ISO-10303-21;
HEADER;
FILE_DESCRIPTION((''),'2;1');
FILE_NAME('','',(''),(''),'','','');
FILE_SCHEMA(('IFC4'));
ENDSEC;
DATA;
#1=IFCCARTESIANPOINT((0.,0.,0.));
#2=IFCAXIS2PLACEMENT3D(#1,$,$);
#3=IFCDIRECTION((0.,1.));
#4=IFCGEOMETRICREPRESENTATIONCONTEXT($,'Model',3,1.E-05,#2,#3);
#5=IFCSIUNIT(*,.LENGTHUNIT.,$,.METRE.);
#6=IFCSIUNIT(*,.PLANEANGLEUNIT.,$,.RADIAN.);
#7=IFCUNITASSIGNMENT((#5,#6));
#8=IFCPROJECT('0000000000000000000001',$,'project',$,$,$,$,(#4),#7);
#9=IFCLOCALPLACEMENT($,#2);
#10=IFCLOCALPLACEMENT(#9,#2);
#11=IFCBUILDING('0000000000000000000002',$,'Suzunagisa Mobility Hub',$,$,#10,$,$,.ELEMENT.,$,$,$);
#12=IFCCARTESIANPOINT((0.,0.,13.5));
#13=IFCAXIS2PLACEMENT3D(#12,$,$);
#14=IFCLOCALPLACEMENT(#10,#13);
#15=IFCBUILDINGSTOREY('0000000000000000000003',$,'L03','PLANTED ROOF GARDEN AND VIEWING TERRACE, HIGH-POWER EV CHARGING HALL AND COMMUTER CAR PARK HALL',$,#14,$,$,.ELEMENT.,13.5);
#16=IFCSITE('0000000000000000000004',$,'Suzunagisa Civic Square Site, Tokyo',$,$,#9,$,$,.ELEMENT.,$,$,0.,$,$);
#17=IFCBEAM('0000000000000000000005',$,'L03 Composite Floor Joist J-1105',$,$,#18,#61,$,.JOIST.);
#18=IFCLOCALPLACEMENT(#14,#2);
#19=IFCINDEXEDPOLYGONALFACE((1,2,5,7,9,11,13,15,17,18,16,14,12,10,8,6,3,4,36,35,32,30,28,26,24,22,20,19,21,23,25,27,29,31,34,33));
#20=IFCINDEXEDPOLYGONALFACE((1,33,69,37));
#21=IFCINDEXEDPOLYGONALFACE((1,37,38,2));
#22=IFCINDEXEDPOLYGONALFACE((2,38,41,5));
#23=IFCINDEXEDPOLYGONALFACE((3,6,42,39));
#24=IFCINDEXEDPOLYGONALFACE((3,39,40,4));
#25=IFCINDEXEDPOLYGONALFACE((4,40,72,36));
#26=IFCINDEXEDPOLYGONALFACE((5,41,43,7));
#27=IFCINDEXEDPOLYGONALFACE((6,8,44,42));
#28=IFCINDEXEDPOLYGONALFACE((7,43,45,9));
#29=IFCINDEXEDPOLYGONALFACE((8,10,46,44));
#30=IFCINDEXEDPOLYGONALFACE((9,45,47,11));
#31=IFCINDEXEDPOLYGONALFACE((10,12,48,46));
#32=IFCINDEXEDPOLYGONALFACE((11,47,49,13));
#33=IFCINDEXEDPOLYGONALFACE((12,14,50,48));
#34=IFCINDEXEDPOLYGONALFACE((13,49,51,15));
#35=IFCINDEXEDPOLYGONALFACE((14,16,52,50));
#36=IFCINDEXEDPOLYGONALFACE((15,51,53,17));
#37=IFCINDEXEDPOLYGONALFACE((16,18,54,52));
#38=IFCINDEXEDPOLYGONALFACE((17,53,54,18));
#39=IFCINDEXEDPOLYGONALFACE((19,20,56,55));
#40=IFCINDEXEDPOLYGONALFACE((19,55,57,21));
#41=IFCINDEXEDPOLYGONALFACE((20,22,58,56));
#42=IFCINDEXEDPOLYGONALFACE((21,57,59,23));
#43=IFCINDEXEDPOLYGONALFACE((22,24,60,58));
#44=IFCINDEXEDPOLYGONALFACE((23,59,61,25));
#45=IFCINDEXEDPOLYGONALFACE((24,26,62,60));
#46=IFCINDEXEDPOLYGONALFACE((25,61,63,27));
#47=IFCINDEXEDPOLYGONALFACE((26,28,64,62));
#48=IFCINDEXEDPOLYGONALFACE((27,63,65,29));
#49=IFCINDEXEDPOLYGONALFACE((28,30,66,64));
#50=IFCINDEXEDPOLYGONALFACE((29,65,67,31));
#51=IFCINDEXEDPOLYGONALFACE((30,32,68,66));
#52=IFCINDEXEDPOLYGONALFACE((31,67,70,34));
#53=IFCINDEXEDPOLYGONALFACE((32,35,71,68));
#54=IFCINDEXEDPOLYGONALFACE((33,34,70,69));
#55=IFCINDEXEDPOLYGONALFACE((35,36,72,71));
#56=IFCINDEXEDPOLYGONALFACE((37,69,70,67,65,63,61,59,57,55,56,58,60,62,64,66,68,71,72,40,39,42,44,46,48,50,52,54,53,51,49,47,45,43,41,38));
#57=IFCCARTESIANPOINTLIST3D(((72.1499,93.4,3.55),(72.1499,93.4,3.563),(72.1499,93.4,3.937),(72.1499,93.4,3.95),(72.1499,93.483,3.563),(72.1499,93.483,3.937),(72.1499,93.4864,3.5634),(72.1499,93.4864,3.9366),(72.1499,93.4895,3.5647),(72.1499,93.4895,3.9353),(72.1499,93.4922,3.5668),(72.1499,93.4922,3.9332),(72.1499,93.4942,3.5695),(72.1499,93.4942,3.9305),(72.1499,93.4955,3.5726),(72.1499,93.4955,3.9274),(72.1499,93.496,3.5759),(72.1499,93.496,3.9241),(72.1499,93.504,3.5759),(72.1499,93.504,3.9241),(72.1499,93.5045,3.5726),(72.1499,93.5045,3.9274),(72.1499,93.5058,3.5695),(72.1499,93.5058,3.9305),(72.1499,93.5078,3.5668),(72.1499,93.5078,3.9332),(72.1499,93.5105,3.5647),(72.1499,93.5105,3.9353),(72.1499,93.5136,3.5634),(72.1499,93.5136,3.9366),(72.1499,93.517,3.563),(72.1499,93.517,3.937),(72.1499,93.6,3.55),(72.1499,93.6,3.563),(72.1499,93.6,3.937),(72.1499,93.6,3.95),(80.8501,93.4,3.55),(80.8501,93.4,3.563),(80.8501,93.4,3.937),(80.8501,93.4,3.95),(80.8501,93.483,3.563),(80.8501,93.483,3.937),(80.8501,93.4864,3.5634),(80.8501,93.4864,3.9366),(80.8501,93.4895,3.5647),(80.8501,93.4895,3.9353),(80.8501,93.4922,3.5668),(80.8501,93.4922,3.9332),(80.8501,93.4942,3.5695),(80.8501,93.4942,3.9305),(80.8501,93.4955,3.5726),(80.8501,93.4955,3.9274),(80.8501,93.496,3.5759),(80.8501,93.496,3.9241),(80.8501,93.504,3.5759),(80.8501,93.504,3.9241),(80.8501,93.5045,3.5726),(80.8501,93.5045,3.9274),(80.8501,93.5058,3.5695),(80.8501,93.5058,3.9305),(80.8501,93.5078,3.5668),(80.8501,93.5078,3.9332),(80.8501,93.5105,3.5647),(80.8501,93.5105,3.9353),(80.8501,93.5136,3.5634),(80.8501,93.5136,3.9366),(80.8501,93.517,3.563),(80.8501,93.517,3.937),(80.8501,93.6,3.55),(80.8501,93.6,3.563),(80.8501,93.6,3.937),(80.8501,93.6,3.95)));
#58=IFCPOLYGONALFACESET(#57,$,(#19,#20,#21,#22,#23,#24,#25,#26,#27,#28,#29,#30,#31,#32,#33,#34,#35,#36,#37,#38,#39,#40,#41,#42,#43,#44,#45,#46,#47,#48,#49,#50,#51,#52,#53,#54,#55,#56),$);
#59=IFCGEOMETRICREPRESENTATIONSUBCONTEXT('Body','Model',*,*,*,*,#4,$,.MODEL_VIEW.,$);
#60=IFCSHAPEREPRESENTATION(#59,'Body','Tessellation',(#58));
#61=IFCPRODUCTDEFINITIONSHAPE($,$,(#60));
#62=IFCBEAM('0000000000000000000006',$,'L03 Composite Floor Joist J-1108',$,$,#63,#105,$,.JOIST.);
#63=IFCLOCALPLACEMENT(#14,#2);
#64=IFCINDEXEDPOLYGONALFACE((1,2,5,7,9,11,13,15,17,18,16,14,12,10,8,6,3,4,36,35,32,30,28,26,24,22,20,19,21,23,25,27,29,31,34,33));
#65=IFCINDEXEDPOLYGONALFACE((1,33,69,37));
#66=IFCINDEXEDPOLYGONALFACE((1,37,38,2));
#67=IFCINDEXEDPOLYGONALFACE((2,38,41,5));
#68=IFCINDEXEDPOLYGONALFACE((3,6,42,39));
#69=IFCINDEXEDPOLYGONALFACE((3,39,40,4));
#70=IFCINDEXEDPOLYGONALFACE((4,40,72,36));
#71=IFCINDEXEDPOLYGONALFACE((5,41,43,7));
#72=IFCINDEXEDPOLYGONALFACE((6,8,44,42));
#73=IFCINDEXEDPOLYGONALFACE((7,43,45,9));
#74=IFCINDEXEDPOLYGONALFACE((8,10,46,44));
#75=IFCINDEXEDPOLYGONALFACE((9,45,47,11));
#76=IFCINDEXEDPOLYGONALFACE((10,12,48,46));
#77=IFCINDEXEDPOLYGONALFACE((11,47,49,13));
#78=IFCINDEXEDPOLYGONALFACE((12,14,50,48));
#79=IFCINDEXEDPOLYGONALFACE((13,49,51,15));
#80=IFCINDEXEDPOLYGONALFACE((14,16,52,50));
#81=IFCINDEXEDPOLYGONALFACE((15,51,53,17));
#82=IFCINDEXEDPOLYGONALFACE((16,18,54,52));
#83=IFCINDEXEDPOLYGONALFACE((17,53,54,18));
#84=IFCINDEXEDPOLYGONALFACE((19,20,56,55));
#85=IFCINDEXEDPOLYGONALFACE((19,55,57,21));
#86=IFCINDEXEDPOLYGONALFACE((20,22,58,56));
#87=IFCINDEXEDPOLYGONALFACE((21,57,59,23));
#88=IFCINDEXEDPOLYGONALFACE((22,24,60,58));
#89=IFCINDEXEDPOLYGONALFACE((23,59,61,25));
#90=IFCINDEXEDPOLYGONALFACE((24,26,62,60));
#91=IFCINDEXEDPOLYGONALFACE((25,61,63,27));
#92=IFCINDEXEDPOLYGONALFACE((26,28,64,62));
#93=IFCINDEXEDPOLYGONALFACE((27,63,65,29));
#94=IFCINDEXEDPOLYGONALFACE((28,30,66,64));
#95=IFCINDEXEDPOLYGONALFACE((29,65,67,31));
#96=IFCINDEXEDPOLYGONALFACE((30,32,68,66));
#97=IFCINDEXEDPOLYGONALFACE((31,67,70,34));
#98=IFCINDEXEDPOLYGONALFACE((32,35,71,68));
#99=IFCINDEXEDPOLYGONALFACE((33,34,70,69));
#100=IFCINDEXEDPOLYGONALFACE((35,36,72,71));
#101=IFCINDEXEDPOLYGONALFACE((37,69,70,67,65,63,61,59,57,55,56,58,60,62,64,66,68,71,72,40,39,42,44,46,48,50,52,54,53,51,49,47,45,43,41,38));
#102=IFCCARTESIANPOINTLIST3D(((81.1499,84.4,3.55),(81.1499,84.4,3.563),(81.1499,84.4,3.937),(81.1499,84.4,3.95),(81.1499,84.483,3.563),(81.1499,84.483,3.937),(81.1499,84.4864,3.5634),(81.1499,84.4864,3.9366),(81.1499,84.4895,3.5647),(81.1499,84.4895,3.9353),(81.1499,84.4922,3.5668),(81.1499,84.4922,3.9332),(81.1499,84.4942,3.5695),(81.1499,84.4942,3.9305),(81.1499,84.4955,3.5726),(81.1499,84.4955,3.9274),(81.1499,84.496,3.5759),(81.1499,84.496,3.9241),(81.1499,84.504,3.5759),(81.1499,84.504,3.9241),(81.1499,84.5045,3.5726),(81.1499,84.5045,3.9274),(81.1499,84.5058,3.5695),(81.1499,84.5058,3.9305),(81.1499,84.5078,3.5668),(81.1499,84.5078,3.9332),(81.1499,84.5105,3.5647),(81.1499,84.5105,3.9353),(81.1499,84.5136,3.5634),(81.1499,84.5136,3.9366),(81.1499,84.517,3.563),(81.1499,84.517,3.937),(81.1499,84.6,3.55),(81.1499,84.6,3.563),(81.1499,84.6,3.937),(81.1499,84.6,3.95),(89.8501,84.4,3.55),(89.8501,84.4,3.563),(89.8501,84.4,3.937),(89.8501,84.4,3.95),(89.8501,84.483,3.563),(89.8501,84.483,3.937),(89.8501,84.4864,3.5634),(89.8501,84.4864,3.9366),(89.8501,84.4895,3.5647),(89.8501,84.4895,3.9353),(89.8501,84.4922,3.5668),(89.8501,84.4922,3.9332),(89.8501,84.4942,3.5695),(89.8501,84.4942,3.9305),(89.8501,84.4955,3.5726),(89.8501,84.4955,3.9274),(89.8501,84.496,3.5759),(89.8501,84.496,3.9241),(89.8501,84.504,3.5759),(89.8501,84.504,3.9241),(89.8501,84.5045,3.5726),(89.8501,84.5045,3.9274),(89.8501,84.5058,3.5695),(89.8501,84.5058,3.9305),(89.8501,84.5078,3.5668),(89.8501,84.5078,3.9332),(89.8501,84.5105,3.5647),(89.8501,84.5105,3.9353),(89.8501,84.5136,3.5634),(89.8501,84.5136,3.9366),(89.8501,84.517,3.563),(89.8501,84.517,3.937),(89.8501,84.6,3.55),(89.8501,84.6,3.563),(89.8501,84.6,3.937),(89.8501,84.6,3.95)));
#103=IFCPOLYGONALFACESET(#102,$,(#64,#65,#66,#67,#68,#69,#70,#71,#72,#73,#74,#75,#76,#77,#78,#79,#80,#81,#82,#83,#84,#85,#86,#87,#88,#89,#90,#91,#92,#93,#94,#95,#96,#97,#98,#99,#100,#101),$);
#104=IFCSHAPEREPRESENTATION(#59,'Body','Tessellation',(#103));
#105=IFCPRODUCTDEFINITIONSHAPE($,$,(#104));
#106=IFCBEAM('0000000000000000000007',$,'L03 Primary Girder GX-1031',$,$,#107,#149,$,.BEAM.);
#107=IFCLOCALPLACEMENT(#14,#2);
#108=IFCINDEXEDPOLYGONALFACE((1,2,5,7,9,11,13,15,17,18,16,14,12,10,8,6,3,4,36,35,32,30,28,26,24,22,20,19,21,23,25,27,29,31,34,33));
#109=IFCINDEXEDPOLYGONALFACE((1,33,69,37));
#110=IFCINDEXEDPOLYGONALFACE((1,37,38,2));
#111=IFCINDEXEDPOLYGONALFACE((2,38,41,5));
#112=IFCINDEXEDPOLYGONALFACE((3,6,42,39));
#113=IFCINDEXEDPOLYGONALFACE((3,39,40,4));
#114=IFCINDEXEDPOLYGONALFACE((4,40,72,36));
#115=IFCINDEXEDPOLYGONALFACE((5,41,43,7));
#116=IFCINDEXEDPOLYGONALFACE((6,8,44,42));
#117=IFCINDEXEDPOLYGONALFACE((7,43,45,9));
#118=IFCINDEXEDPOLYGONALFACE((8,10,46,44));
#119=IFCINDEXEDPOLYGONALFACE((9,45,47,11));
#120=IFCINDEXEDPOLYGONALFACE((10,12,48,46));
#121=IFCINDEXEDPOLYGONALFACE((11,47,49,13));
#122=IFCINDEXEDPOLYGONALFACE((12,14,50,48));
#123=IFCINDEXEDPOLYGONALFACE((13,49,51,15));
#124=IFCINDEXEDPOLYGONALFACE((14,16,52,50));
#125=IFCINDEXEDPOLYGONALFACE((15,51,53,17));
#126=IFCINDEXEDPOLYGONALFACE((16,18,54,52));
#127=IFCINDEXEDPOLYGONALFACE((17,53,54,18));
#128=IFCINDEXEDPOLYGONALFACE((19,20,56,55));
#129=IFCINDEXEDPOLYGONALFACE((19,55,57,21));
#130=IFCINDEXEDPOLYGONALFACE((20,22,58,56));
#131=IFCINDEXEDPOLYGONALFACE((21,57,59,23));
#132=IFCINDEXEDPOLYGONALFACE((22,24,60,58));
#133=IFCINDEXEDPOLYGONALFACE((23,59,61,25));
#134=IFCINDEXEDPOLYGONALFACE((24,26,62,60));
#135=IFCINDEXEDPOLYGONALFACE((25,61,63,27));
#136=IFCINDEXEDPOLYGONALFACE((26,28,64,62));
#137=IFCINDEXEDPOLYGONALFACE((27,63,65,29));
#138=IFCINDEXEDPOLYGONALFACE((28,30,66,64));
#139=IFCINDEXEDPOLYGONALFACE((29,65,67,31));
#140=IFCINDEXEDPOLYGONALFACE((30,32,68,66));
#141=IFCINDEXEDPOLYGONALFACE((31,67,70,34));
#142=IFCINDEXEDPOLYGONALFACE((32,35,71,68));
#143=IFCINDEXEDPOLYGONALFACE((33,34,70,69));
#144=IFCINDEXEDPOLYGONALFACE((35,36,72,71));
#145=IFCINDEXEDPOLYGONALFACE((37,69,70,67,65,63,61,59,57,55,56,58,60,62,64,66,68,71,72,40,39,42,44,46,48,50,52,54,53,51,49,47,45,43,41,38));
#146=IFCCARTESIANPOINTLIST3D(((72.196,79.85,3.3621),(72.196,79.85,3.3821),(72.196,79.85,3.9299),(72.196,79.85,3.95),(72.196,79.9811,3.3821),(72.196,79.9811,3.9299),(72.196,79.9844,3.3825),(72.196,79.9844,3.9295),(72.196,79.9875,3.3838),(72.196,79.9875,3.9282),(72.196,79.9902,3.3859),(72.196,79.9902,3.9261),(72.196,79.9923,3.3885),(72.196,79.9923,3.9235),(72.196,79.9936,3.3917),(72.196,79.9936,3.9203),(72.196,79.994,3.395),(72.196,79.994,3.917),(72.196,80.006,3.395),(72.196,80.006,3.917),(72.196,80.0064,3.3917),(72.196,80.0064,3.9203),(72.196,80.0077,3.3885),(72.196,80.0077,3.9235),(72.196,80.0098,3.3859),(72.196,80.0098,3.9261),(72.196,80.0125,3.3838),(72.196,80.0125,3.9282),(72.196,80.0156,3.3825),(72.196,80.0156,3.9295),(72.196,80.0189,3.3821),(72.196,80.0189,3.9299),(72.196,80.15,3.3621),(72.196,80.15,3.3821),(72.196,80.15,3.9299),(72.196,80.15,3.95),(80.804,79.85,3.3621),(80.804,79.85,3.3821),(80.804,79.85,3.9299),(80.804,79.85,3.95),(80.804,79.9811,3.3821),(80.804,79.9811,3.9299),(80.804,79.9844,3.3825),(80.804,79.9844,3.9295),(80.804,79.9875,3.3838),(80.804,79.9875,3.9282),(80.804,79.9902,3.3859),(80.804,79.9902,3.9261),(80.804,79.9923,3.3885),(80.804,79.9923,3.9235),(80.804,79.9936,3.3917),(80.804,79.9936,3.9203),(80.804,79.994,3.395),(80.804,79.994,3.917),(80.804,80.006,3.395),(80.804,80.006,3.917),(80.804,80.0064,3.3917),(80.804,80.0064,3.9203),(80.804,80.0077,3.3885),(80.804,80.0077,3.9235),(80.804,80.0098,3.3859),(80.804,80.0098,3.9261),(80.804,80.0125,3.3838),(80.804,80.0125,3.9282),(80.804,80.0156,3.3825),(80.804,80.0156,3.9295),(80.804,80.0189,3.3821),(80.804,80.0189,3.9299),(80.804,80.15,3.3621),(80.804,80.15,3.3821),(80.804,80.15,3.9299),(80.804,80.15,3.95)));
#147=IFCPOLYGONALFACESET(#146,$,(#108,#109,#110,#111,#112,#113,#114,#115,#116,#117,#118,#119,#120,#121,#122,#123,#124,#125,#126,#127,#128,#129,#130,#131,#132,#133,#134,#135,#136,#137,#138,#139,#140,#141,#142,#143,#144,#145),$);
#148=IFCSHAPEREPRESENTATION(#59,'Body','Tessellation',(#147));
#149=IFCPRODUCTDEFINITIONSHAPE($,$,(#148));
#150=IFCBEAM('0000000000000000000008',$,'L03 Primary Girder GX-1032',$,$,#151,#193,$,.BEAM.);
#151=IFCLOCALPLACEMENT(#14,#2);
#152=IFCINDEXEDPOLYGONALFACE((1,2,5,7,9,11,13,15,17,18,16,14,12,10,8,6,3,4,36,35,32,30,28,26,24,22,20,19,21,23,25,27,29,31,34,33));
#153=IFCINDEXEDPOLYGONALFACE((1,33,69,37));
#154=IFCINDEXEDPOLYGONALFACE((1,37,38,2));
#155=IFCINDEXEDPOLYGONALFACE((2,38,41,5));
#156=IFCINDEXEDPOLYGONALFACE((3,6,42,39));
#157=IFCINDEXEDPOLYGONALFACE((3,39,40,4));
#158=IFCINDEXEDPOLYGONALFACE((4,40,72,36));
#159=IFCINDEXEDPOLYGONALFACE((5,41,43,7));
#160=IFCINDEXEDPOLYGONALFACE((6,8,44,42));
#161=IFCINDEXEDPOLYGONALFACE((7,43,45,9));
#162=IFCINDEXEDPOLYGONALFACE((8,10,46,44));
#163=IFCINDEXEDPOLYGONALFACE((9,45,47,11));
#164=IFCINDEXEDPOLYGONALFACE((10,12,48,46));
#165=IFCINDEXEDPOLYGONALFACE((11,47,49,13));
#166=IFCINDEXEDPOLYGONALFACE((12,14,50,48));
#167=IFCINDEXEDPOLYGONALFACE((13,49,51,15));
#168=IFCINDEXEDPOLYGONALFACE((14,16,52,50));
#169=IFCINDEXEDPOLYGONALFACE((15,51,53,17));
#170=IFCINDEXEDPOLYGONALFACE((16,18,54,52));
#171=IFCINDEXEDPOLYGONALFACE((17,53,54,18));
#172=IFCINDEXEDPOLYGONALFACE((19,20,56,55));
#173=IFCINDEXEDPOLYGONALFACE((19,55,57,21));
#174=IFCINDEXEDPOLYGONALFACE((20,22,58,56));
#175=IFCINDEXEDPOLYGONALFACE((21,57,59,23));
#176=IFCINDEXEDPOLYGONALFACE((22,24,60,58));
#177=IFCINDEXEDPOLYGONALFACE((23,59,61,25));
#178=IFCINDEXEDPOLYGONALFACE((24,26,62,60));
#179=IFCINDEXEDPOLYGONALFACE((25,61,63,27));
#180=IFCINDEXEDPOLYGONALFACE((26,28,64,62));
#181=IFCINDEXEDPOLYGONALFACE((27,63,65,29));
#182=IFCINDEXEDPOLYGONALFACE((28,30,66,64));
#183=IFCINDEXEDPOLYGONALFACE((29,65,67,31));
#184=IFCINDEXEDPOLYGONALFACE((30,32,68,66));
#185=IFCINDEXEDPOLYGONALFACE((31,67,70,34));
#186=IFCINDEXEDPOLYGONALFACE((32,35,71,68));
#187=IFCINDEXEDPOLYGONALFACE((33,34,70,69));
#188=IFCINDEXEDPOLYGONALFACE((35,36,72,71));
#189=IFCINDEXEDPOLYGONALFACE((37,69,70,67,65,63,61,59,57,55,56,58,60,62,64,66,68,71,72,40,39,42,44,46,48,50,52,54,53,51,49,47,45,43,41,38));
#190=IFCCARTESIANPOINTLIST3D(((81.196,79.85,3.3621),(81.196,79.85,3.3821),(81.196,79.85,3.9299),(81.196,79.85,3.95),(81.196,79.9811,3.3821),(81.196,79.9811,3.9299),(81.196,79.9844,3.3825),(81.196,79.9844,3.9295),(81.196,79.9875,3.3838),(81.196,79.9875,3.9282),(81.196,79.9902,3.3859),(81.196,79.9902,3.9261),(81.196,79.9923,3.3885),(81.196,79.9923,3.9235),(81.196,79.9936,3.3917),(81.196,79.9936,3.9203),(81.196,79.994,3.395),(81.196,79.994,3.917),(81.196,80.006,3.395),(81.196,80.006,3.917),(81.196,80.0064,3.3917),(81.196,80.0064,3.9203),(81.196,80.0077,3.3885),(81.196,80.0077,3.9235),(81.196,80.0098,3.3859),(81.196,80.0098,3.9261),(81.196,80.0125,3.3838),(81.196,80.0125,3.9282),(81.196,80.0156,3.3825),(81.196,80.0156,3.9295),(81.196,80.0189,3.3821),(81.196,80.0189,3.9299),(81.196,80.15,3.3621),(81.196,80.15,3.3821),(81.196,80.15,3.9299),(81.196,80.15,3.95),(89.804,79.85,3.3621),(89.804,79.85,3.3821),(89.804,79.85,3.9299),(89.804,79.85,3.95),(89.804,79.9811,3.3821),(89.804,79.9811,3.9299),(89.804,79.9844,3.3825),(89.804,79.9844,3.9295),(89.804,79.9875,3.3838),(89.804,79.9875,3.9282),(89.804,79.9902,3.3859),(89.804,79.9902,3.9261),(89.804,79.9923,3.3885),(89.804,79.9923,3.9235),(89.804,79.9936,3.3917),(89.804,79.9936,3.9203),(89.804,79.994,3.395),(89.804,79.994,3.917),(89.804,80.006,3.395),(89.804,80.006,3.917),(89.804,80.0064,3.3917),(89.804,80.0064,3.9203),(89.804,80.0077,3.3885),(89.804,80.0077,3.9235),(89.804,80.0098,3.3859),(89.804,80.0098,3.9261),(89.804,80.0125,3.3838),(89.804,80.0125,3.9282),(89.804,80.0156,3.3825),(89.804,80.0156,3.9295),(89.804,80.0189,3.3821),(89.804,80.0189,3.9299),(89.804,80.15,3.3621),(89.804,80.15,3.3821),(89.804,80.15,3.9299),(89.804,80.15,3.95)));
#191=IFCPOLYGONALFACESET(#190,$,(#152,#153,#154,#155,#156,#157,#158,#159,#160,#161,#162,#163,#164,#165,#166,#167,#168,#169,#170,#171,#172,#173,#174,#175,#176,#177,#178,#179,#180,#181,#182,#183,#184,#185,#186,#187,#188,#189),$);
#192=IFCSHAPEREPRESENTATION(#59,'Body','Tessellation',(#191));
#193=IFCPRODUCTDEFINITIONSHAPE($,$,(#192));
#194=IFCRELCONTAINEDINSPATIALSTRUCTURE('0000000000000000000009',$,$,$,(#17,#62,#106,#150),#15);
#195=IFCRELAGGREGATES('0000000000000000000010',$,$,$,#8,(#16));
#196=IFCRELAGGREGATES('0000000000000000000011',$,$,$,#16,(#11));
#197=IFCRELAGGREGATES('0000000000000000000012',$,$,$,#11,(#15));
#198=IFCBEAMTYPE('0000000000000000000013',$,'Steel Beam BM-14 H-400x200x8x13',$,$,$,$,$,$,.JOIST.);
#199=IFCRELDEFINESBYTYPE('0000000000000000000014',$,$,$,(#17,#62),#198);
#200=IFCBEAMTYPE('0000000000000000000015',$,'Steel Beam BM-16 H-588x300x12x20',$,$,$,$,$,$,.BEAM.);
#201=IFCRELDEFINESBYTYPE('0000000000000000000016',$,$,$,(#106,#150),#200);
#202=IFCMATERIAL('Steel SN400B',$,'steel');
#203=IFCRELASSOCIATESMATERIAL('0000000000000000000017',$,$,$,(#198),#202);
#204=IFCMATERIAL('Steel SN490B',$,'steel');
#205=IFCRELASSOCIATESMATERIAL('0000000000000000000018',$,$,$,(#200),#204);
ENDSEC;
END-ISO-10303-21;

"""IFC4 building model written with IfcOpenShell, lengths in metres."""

from ifc_helpers import new_model, si_unit, direction, frame, origin, origin_2d, place, context, subcontext, project, spatial, i_section, extrude, material, material_profile, profile_set, type_object, element, save


model = new_model("IFC4")

# Units and contexts
model_context = context("Model", 3, precision=1e-05, world=origin(), true_north=direction((0.0, 1.0)))
body_context = subcontext(model_context, "Body", "Model", "MODEL_VIEW")
ifc_project = project(units=[si_unit("LENGTHUNIT", "METRE"), si_unit("PLANEANGLEUNIT", "RADIAN")], contexts=[model_context])

# Site, building, storey
site_placement = place(None, origin())
site = spatial("IfcSite", under=ifc_project, at=site_placement, Name="Suzunagisa Civic Square Site, Tokyo", CompositionType="ELEMENT", RefElevation=0.0)
building_placement = place(site_placement, origin())
building = spatial("IfcBuilding", under=site, at=building_placement, Name="Suzunagisa Mobility Hub", CompositionType="ELEMENT")
storey_placement = place(building_placement, frame((0.0, 0.0, 13.5)))
storey = spatial("IfcBuildingStorey", under=building, at=storey_placement, Name="L03", Description="PLANTED ROOF GARDEN AND VIEWING TERRACE, HIGH-POWER EV CHARGING HALL AND COMMUTER CAR PARK HALL", CompositionType="ELEMENT", Elevation=13.5)

# Shared definitions
ifc_material_1 = material(Name="Steel SN490B", Category="steel")

# Beams
ifc_material_2 = material(Name="Steel SN400B", Category="steel")
ifc_material_profile_1 = material_profile(ifc_material_2, i_section(OverallWidth=0.2, OverallDepth=0.3999, WebThickness=0.0081, FlangeThickness=0.0129, FilletRadius=0.0129, at=origin_2d()), Name="H-400x200x8x13")
ifc_profile_set_1 = profile_set([ifc_material_profile_1], Name="Steel SN400B")
beam_type_1 = type_object("IfcBeamType", Name="Steel Beam BM-14 H-400x200x8x13", PredefinedType="JOIST", material=ifc_profile_set_1)
for number, where, z_axis, x_axis, name in (
    (1, (72.1499, 93.5, 3.75), (1.0, 0.0, 0.0), (0.0, 1.0, 0.0), "L03 Composite Floor Joist J-1105"),
    (2, (81.1499, 84.5, 3.75), (1.0, 0.0, 0.0), (0.0, 1.0, 0.0), "L03 Composite Floor Joist J-1108"),
):
    element("IfcBeam", number, at=place(storey_placement, frame(where, z_axis=z_axis, x_axis=x_axis)), inside=storey, type_object=beam_type_1, Name=name, PredefinedType="JOIST", context=body_context, shape_type="SweptSolid", body=[
        extrude(i_section(OverallWidth=0.2, OverallDepth=0.3999, WebThickness=0.0081, FlangeThickness=0.0129, FilletRadius=0.0129, at=origin_2d()), origin(), (0.0, 0.0, 1.0), 8.7002),
    ])
ifc_material_profile_2 = material_profile(ifc_material_1, i_section(OverallWidth=0.3, OverallDepth=0.5879, WebThickness=0.012, FlangeThickness=0.02, FilletRadius=0.0129, at=origin_2d()), Name="H-588x300x12x20")
ifc_profile_set_2 = profile_set([ifc_material_profile_2], Name="Steel SN490B")
beam_type_2 = type_object("IfcBeamType", Name="Steel Beam BM-16 H-588x300x12x20", PredefinedType="BEAM", material=ifc_profile_set_2)
for number, where, z_axis, x_axis, name in (
    (3, (72.196, 80.0, 3.656), (1.0, 0.0, 0.0), (0.0, 1.0, 0.0), "L03 Primary Girder GX-1031"),
    (4, (81.196, 80.0, 3.656), (1.0, 0.0, 0.0), (0.0, 1.0, 0.0), "L03 Primary Girder GX-1032"),
):
    element("IfcBeam", number, at=place(storey_placement, frame(where, z_axis=z_axis, x_axis=x_axis)), inside=storey, type_object=beam_type_2, Name=name, PredefinedType="BEAM", context=body_context, shape_type="SweptSolid", body=[
        extrude(i_section(OverallWidth=0.3, OverallDepth=0.5879, WebThickness=0.012, FlangeThickness=0.02, FilletRadius=0.0129, at=origin_2d()), origin(), (0.0, 0.0, 1.0), 8.6079),
    ])

save(model, "model.ifc")
